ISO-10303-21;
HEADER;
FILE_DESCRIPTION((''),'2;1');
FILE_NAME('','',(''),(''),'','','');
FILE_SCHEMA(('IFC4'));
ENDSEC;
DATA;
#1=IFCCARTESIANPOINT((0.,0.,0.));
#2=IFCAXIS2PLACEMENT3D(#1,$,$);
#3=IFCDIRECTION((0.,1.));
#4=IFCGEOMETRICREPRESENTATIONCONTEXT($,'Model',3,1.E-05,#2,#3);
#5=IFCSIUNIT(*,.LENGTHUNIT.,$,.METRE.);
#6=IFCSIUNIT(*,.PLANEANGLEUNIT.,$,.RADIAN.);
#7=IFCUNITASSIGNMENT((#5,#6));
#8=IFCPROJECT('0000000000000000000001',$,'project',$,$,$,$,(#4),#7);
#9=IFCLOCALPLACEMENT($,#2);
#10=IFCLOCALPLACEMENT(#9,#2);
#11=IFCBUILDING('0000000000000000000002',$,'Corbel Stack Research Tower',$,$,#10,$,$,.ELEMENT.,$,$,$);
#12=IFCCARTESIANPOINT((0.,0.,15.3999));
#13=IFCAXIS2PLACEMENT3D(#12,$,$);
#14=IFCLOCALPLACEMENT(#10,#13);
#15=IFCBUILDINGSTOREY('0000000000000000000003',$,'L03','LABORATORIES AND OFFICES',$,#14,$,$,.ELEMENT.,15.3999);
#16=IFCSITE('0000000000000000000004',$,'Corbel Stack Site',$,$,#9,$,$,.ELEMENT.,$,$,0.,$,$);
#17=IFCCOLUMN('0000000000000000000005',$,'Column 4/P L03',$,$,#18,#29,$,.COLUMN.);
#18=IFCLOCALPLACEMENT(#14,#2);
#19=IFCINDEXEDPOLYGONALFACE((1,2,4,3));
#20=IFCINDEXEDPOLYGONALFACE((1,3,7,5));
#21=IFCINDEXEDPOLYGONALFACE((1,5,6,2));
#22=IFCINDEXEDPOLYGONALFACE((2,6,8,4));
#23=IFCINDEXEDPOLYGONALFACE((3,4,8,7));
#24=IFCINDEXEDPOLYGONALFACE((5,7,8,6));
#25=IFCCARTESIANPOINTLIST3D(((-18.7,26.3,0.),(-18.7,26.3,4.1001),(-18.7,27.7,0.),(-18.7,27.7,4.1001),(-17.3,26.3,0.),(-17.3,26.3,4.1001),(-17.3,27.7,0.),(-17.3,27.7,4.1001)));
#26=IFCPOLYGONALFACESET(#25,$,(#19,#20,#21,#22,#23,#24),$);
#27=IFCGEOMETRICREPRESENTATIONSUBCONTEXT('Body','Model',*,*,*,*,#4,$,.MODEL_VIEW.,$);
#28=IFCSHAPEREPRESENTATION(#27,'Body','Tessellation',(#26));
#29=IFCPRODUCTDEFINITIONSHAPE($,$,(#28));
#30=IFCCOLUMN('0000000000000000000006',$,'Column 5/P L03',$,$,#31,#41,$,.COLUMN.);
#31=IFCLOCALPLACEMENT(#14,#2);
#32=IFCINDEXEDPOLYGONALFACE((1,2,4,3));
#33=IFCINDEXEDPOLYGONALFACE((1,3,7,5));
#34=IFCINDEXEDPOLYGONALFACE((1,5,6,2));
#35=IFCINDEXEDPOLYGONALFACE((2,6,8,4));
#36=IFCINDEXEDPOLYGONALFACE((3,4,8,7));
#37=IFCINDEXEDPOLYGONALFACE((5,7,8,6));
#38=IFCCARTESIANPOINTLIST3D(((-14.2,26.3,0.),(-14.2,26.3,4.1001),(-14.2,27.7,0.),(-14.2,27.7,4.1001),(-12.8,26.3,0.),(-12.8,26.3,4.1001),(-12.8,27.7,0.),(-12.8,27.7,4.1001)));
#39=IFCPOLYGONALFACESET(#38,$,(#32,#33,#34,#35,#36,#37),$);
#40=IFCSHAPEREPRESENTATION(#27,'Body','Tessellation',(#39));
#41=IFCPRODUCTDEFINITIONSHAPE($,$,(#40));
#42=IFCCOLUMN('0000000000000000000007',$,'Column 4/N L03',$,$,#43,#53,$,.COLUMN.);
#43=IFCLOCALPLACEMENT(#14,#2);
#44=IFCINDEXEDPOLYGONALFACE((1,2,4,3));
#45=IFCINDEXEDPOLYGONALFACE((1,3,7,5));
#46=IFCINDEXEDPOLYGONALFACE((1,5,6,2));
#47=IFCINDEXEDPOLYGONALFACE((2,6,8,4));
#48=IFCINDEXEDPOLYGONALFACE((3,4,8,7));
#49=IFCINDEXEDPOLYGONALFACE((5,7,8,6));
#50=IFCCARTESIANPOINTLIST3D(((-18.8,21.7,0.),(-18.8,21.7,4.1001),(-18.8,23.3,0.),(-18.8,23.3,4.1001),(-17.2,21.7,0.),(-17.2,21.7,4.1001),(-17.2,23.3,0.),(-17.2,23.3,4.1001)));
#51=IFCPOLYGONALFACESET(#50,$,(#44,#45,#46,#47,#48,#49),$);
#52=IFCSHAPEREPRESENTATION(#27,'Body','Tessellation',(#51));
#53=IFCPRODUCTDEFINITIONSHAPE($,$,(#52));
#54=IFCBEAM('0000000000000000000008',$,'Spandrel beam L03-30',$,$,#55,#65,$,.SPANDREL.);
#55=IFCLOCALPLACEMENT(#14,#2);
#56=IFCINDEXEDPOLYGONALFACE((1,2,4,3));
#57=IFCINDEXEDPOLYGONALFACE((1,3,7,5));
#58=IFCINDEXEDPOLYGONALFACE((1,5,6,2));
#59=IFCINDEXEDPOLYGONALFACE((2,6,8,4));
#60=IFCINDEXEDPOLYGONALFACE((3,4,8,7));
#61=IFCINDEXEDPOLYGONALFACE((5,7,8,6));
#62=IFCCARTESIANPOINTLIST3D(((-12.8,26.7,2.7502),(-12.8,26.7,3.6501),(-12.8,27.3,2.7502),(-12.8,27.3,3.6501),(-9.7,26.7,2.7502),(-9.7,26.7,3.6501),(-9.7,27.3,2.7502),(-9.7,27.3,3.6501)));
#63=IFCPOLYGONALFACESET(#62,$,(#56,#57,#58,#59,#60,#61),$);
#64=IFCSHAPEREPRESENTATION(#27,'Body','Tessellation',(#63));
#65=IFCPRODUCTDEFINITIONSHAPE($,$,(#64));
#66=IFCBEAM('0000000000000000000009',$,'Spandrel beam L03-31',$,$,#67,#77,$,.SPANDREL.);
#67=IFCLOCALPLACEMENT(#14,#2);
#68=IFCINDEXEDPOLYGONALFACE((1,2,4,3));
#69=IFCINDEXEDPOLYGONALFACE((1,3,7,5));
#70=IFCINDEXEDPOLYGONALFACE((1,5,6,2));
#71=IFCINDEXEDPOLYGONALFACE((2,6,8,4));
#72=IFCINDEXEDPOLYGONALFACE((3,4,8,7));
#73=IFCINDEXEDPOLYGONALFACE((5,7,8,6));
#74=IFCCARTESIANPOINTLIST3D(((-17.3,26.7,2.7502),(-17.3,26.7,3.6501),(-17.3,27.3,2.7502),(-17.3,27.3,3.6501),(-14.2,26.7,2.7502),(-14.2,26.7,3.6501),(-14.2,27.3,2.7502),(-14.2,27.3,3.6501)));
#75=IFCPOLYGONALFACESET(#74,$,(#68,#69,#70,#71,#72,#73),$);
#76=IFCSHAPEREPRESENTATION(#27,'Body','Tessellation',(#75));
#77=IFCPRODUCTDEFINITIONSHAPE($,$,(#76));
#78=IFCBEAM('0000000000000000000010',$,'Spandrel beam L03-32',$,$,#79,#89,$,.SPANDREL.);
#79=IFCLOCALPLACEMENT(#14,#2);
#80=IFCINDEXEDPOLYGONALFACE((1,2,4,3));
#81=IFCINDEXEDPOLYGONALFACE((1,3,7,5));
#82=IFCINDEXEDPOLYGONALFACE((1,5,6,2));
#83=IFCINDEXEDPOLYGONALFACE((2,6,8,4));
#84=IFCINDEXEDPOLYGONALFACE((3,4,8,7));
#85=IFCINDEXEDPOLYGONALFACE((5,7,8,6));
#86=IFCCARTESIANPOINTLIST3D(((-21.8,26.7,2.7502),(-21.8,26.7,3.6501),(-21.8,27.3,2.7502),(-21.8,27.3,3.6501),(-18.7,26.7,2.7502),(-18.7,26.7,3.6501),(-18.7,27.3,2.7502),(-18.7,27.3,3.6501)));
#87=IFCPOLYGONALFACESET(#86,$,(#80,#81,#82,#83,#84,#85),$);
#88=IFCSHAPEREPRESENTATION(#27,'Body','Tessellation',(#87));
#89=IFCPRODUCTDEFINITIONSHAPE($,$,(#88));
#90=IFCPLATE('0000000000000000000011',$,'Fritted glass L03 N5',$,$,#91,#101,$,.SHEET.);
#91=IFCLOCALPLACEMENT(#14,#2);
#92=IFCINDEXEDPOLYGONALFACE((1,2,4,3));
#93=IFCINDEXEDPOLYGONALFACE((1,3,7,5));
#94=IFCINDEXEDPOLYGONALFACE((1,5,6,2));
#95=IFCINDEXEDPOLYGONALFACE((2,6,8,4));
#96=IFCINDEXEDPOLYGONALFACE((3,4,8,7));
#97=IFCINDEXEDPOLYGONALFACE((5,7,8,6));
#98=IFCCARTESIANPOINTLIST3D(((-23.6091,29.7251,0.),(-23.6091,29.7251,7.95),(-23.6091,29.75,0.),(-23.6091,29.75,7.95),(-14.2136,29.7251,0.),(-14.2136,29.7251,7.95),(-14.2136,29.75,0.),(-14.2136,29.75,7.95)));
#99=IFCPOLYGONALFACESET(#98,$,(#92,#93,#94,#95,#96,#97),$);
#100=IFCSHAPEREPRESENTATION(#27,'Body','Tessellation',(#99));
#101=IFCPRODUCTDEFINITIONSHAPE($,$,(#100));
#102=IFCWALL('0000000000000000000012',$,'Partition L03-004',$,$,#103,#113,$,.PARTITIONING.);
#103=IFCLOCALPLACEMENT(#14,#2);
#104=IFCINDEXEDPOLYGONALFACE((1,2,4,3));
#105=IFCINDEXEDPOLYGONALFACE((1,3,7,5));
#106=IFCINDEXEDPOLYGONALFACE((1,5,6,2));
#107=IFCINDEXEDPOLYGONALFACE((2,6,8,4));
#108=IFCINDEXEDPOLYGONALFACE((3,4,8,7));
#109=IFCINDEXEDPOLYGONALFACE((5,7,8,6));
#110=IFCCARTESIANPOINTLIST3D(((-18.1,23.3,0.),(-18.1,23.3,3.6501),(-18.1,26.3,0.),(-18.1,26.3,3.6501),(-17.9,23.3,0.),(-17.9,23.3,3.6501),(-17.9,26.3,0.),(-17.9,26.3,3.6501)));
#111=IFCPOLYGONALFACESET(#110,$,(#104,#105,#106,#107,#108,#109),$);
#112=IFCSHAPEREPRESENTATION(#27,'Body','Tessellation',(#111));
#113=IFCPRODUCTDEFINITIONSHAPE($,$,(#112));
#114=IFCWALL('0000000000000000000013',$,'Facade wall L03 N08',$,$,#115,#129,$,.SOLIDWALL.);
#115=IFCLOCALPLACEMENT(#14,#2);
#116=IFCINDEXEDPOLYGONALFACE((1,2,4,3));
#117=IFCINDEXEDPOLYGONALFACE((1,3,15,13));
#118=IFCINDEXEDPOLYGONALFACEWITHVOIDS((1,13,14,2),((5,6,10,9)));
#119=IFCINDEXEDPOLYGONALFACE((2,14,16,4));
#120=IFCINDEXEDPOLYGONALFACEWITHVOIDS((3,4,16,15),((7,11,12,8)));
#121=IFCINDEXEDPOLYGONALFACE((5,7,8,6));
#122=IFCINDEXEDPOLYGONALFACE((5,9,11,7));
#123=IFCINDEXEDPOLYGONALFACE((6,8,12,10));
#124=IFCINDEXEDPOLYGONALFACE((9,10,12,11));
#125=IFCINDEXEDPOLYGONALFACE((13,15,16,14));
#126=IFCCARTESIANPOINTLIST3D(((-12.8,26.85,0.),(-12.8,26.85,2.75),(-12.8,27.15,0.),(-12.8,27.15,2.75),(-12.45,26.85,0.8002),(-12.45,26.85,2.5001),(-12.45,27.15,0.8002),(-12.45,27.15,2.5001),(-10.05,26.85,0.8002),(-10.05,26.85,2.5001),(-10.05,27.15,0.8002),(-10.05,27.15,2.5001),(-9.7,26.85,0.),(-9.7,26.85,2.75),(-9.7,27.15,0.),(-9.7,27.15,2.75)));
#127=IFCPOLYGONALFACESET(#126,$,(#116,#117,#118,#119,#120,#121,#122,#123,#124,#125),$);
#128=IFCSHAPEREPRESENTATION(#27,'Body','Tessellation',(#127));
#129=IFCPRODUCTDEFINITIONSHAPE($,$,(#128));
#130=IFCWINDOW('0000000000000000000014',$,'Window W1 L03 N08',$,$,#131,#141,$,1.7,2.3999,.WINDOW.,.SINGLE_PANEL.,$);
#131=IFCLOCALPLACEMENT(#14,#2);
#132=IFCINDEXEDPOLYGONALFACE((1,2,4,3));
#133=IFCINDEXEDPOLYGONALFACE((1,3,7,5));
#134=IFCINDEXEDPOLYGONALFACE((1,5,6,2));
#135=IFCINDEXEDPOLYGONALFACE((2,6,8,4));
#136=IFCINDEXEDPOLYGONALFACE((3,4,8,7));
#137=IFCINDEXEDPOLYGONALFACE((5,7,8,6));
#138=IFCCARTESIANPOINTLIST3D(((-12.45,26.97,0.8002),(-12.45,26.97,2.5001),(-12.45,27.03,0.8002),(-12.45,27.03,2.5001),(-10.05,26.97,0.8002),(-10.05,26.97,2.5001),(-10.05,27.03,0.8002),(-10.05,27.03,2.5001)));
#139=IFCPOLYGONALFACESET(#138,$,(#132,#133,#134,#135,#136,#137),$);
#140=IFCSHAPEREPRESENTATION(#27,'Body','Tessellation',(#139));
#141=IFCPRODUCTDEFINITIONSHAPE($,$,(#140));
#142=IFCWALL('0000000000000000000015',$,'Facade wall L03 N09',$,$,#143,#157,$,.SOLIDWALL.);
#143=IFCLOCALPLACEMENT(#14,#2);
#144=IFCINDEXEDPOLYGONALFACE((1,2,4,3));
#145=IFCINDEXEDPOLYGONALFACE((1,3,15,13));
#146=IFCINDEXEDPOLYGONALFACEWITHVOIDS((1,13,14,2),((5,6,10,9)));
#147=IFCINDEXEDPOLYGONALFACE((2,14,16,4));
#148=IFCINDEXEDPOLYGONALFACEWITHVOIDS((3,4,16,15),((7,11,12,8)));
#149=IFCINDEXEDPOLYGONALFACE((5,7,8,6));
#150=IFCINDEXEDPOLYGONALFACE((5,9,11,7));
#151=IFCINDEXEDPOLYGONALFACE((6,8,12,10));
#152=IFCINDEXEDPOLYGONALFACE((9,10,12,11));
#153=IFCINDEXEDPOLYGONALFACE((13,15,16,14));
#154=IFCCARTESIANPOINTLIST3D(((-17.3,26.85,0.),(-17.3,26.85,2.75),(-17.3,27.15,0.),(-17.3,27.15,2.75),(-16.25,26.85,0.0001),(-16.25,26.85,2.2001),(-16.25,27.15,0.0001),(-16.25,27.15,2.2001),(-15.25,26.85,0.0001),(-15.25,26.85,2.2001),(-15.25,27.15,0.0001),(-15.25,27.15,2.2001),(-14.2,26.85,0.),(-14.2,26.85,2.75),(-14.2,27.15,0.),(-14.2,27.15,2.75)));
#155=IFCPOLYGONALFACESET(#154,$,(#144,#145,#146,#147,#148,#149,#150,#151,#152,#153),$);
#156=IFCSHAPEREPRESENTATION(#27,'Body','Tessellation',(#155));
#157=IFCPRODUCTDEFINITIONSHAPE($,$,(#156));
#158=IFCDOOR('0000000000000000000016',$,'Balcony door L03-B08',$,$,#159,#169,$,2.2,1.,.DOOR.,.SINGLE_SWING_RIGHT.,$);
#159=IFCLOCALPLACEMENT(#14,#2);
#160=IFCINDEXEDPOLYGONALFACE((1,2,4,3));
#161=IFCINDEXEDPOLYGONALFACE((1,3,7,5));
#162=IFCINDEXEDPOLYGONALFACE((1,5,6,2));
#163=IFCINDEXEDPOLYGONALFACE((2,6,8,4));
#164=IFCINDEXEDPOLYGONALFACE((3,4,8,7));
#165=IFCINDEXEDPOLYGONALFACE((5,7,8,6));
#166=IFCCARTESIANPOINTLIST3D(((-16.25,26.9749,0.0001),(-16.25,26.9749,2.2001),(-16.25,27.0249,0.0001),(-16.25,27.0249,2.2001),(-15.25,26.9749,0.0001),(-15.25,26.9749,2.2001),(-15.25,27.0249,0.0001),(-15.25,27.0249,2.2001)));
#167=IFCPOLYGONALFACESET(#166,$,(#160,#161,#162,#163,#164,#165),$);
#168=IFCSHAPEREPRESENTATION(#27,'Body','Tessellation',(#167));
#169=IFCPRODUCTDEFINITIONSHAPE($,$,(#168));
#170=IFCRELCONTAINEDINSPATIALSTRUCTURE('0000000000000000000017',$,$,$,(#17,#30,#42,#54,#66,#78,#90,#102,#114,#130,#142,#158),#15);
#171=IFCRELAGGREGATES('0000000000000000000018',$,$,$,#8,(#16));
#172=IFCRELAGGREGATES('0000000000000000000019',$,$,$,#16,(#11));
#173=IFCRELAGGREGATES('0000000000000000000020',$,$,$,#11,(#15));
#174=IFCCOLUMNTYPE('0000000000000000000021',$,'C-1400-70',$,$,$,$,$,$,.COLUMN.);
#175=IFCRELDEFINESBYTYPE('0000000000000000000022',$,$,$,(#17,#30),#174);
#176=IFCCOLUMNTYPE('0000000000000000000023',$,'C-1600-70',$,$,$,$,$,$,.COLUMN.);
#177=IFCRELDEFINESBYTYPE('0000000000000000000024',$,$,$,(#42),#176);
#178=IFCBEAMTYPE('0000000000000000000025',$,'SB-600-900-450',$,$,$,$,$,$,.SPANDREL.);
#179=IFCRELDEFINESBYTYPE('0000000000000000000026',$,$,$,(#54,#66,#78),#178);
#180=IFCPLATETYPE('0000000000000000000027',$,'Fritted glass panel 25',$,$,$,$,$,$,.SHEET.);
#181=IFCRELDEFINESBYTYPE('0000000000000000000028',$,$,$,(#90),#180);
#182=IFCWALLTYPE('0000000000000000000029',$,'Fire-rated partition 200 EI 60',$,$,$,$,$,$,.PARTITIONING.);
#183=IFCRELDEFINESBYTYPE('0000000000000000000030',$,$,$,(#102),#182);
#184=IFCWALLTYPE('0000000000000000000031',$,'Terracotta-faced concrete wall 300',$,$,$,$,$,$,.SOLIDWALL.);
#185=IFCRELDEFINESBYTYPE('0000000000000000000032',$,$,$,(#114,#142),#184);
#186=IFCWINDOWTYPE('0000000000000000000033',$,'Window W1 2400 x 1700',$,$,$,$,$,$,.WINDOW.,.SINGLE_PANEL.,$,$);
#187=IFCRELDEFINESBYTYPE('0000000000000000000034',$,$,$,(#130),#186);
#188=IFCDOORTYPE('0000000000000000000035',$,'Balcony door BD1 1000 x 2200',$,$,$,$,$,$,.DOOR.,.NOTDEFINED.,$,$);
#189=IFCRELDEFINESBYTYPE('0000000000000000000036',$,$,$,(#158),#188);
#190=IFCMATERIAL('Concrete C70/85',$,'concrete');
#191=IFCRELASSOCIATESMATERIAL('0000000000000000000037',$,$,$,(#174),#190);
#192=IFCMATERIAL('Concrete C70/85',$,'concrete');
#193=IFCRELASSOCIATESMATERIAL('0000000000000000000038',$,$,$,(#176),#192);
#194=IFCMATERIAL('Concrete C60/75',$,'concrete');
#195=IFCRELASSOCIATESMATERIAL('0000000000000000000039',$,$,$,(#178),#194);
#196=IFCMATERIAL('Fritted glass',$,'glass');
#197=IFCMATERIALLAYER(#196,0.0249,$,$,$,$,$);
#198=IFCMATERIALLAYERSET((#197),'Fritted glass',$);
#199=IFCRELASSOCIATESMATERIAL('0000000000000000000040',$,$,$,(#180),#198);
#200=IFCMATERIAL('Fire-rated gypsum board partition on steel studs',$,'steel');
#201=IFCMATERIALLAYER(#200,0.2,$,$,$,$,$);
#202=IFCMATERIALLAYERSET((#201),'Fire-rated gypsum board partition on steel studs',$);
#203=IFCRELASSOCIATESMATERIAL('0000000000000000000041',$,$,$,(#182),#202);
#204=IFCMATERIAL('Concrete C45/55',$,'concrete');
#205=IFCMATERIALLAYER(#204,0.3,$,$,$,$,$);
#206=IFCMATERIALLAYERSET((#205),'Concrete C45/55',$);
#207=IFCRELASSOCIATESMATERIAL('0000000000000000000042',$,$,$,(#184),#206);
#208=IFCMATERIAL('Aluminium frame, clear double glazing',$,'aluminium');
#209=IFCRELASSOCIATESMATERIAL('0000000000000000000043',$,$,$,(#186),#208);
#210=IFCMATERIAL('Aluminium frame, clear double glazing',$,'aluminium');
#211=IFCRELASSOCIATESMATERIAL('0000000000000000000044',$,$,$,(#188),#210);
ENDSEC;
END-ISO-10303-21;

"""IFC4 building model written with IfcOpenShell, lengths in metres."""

from ifc_helpers import new_model, si_unit, direction, frame, frame_2d, origin, origin_2d, place, context, subcontext, project, spatial, rectangle, extrude, material, layer, layer_set, material_profile, profile_set, type_object, element, fill, save


model = new_model("IFC4")

# Units and contexts
model_context = context("Model", 3, precision=1e-05, world=origin(), true_north=direction((0.0, 1.0)))
body_context = subcontext(model_context, "Body", "Model", "MODEL_VIEW")
ifc_project = project(units=[si_unit("LENGTHUNIT", "METRE"), si_unit("PLANEANGLEUNIT", "RADIAN")], contexts=[model_context])

# Site, building, storey
site_placement = place(None, origin())
site = spatial("IfcSite", under=ifc_project, at=site_placement, Name="Corbel Stack Site", CompositionType="ELEMENT", RefElevation=0.0)
building_placement = place(site_placement, origin())
building = spatial("IfcBuilding", under=site, at=building_placement, Name="Corbel Stack Research Tower", CompositionType="ELEMENT")
storey_placement = place(building_placement, frame((0.0, 0.0, 15.3999)))
storey = spatial("IfcBuildingStorey", under=building, at=storey_placement, Name="L03", Description="LABORATORIES AND OFFICES", CompositionType="ELEMENT", Elevation=15.3999)

# Columns
ifc_material_1 = material(Name="Concrete C70/85", Category="concrete")
ifc_material_profile_1 = material_profile(ifc_material_1, rectangle(XDim=1.3999, YDim=1.3999, at=origin_2d()), Name="RC 1400 x 1400")
ifc_profile_set_1 = profile_set([ifc_material_profile_1], Name="Concrete C70/85")
column_type_1 = type_object("IfcColumnType", Name="C-1400-70", PredefinedType="COLUMN", material=ifc_profile_set_1)
for number, where, z_axis, x_axis, name in (
    (1, (-18.0, 27.0, 0.0), (0.0, 0.0, 1.0), (1.0, 0.0, 0.0), "Column 4/P L03"),
    (2, (-13.5, 27.0, 0.0), (0.0, 0.0, 1.0), (1.0, 0.0, 0.0), "Column 5/P L03"),
):
    element("IfcColumn", number, at=place(storey_placement, frame(where, z_axis=z_axis, x_axis=x_axis)), inside=storey, type_object=column_type_1, Name=name, PredefinedType="COLUMN", context=body_context, shape_type="SweptSolid", body=[
        extrude(rectangle(XDim=1.3999, YDim=1.3999, at=origin_2d()), origin(), (0.0, 0.0, 1.0), 4.1001),
    ])
ifc_material_2 = material(Name="Concrete C70/85", Category="concrete")
ifc_material_profile_2 = material_profile(ifc_material_2, rectangle(XDim=1.6001, YDim=1.6001, at=origin_2d()), Name="RC 1600 x 1600")
ifc_profile_set_2 = profile_set([ifc_material_profile_2], Name="Concrete C70/85")
column_type_2 = type_object("IfcColumnType", Name="C-1600-70", PredefinedType="COLUMN", material=ifc_profile_set_2)
column_placement = place(storey_placement, frame((-18.0, 22.5, 0.0), z_axis=(0.0, 0.0, 1.0), x_axis=(1.0, 0.0, 0.0)))
element("IfcColumn", 3, at=column_placement, inside=storey, type_object=column_type_2, Name="Column 4/N L03", PredefinedType="COLUMN", context=body_context, shape_type="SweptSolid", body=[
    extrude(rectangle(XDim=1.6001, YDim=1.6001, at=origin_2d()), origin(), (0.0, 0.0, 1.0), 4.1001),
])

# Beams
ifc_material_3 = material(Name="Concrete C60/75", Category="concrete")
ifc_material_profile_3 = material_profile(ifc_material_3, rectangle(XDim=0.6001, YDim=0.8999, at=origin_2d()), Name="RC 600 x 900")
ifc_profile_set_3 = profile_set([ifc_material_profile_3], Name="Concrete C60/75")
beam_type = type_object("IfcBeamType", Name="SB-600-900-450", PredefinedType="SPANDREL", material=ifc_profile_set_3)
for number, where, z_axis, x_axis, name in (
    (4, (-9.7, 27.0, 3.2002), (-1.0, 0.0, 0.0), (0.0, -1.0, 0.0), "Spandrel beam L03-30"),
    (5, (-14.2, 27.0, 3.2002), (-1.0, 0.0, 0.0), (0.0, -1.0, 0.0), "Spandrel beam L03-31"),
    (6, (-18.7, 27.0, 3.2002), (-1.0, 0.0, 0.0), (0.0, -1.0, 0.0), "Spandrel beam L03-32"),
):
    element("IfcBeam", number, at=place(storey_placement, frame(where, z_axis=z_axis, x_axis=x_axis)), inside=storey, type_object=beam_type, Name=name, PredefinedType="SPANDREL", context=body_context, shape_type="SweptSolid", body=[
        extrude(rectangle(XDim=0.6001, YDim=0.8999, at=origin_2d()), origin(), (0.0, 0.0, 1.0), 3.1001),
    ])

# Plate
ifc_material_4 = material(Name="Fritted glass", Category="glass")
ifc_layer_1 = layer(ifc_material_4, 0.0249)
ifc_layer_set_1 = layer_set([ifc_layer_1], Name="Fritted glass")
plate_type = type_object("IfcPlateType", Name="Fritted glass panel 25", PredefinedType="SHEET", material=ifc_layer_set_1)
plate_placement = place(storey_placement, frame((-18.9114, 29.7375, 0.0), z_axis=(0.0, 0.0, 1.0), x_axis=(-1.0, 0.0, 0.0)))
element("IfcPlate", 7, at=plate_placement, inside=storey, type_object=plate_type, Name="Fritted glass L03 N5", PredefinedType="SHEET", context=body_context, shape_type="SweptSolid", body=[
    extrude(rectangle(XDim=9.3955, YDim=0.0249, at=origin_2d()), origin(), (0.0, 0.0, 1.0), 7.95),
])

# Wall
ifc_material_5 = material(Name="Fire-rated gypsum board partition on steel studs", Category="steel")
ifc_layer_2 = layer(ifc_material_5, 0.2)
ifc_layer_set_2 = layer_set([ifc_layer_2], Name="Fire-rated gypsum board partition on steel studs")
wall_type_1 = type_object("IfcWallType", Name="Fire-rated partition 200 EI 60", PredefinedType="PARTITIONING", material=ifc_layer_set_2)
wall_1_placement = place(storey_placement, frame((-18.0, 23.3, 0.0), z_axis=(0.0, 0.0, 1.0), x_axis=(0.0, 1.0, 0.0)))
element("IfcWall", 8, at=wall_1_placement, inside=storey, type_object=wall_type_1, Name="Partition L03-004", PredefinedType="PARTITIONING", context=body_context, shape_type="SweptSolid", body=[
    extrude(rectangle(XDim=3.0, YDim=0.2, at=frame_2d((1.5, 0.0))), origin(), (0.0, 0.0, 1.0), 3.6501),
])

# Wall, opening, window
ifc_material_6 = material(Name="Concrete C45/55", Category="concrete")
ifc_layer_3 = layer(ifc_material_6, 0.3)
ifc_layer_set_3 = layer_set([ifc_layer_3], Name="Concrete C45/55")
wall_type_2 = type_object("IfcWallType", Name="Terracotta-faced concrete wall 300", PredefinedType="SOLIDWALL", material=ifc_layer_set_3)
wall_2_placement = place(storey_placement, frame((-12.8, 27.0, 0.0), z_axis=(0.0, 0.0, 1.0), x_axis=(1.0, 0.0, 0.0)))
wall_2 = element("IfcWall", 9, at=wall_2_placement, inside=storey, type_object=wall_type_2, Name="Facade wall L03 N08", PredefinedType="SOLIDWALL", context=body_context, shape_type="SweptSolid", body=[
    extrude(rectangle(XDim=3.1001, YDim=0.3, at=frame_2d((1.55, 0.0))), origin(), (0.0, 0.0, 1.0), 2.75),
])
opening_1_placement = place(wall_2_placement, frame((0.3501, 0.0, 0.8)))
opening_1 = element("IfcOpeningElement", 10, at=opening_1_placement, cuts=wall_2, PredefinedType="OPENING", context=body_context, shape_type="SweptSolid", body=[
    extrude(rectangle(XDim=2.3999, YDim=1.7, at=frame_2d((1.2, 0.8501))), frame((0.0, 0.1599, 0.0), z_axis=(0.0, -1.0, 0.0), x_axis=(1.0, 0.0, 0.0)), (0.0, 0.0, 1.0), 0.3201),
])
ifc_material_7 = material(Name="Aluminium frame, clear double glazing", Category="aluminium")
window_type = type_object("IfcWindowType", Name="Window W1 2400 x 1700", PartitioningType="SINGLE_PANEL", PredefinedType="WINDOW", material=ifc_material_7)
window_1_placement = place(opening_1_placement, origin())
window_1 = element("IfcWindow", 11, at=window_1_placement, inside=storey, type_object=window_type, Name="Window W1 L03 N08", OverallHeight=1.7, OverallWidth=2.3999, PartitioningType="SINGLE_PANEL", PredefinedType="WINDOW", context=body_context, shape_type="SweptSolid", body=[
    extrude(rectangle(XDim=2.3999, YDim=1.7, at=frame_2d((1.2, 0.8501))), frame((0.0, 0.03, 0.0), z_axis=(0.0, -1.0, 0.0), x_axis=(1.0, 0.0, 0.0)), (0.0, 0.0, 1.0), 0.0601),
])
fill(opening_1, window_1)

# Wall, opening, door
wall_3_placement = place(storey_placement, frame((-17.3, 27.0, 0.0), z_axis=(0.0, 0.0, 1.0), x_axis=(1.0, 0.0, 0.0)))
wall_3 = element("IfcWall", 12, at=wall_3_placement, inside=storey, type_object=wall_type_2, Name="Facade wall L03 N09", PredefinedType="SOLIDWALL", context=body_context, shape_type="SweptSolid", body=[
    extrude(rectangle(XDim=3.1001, YDim=0.3, at=frame_2d((1.55, 0.0))), origin(), (0.0, 0.0, 1.0), 2.75),
])
opening_2_placement = place(wall_3_placement, frame((1.05, 0.0, 0.0)))
opening_2 = element("IfcOpeningElement", 13, at=opening_2_placement, cuts=wall_3, PredefinedType="OPENING", context=body_context, shape_type="SweptSolid", body=[
    extrude(rectangle(XDim=1.0, YDim=2.2, at=frame_2d((0.5, 1.1001))), frame((0.0, 0.1599, 0.0), z_axis=(0.0, -1.0, 0.0), x_axis=(1.0, 0.0, 0.0)), (0.0, 0.0, 1.0), 0.3201),
])
ifc_material_8 = material(Name="Aluminium frame, clear double glazing", Category="aluminium")
door_type = type_object("IfcDoorType", Name="Balcony door BD1 1000 x 2200", OperationType="NOTDEFINED", PredefinedType="DOOR", material=ifc_material_8)
door_placement = place(opening_2_placement, origin())
door = element("IfcDoor", 14, at=door_placement, inside=storey, type_object=door_type, Name="Balcony door L03-B08", OperationType="SINGLE_SWING_RIGHT", OverallHeight=2.2, OverallWidth=1.0, PredefinedType="DOOR", context=body_context, shape_type="SweptSolid", body=[
    extrude(rectangle(XDim=1.0, YDim=2.2, at=frame_2d((0.5, 1.1001))), frame((0.0, 0.0249, 0.0), z_axis=(0.0, -1.0, 0.0), x_axis=(1.0, 0.0, 0.0)), (0.0, 0.0, 1.0), 0.05),
])
fill(opening_2, door)

save(model, "model.ifc")
